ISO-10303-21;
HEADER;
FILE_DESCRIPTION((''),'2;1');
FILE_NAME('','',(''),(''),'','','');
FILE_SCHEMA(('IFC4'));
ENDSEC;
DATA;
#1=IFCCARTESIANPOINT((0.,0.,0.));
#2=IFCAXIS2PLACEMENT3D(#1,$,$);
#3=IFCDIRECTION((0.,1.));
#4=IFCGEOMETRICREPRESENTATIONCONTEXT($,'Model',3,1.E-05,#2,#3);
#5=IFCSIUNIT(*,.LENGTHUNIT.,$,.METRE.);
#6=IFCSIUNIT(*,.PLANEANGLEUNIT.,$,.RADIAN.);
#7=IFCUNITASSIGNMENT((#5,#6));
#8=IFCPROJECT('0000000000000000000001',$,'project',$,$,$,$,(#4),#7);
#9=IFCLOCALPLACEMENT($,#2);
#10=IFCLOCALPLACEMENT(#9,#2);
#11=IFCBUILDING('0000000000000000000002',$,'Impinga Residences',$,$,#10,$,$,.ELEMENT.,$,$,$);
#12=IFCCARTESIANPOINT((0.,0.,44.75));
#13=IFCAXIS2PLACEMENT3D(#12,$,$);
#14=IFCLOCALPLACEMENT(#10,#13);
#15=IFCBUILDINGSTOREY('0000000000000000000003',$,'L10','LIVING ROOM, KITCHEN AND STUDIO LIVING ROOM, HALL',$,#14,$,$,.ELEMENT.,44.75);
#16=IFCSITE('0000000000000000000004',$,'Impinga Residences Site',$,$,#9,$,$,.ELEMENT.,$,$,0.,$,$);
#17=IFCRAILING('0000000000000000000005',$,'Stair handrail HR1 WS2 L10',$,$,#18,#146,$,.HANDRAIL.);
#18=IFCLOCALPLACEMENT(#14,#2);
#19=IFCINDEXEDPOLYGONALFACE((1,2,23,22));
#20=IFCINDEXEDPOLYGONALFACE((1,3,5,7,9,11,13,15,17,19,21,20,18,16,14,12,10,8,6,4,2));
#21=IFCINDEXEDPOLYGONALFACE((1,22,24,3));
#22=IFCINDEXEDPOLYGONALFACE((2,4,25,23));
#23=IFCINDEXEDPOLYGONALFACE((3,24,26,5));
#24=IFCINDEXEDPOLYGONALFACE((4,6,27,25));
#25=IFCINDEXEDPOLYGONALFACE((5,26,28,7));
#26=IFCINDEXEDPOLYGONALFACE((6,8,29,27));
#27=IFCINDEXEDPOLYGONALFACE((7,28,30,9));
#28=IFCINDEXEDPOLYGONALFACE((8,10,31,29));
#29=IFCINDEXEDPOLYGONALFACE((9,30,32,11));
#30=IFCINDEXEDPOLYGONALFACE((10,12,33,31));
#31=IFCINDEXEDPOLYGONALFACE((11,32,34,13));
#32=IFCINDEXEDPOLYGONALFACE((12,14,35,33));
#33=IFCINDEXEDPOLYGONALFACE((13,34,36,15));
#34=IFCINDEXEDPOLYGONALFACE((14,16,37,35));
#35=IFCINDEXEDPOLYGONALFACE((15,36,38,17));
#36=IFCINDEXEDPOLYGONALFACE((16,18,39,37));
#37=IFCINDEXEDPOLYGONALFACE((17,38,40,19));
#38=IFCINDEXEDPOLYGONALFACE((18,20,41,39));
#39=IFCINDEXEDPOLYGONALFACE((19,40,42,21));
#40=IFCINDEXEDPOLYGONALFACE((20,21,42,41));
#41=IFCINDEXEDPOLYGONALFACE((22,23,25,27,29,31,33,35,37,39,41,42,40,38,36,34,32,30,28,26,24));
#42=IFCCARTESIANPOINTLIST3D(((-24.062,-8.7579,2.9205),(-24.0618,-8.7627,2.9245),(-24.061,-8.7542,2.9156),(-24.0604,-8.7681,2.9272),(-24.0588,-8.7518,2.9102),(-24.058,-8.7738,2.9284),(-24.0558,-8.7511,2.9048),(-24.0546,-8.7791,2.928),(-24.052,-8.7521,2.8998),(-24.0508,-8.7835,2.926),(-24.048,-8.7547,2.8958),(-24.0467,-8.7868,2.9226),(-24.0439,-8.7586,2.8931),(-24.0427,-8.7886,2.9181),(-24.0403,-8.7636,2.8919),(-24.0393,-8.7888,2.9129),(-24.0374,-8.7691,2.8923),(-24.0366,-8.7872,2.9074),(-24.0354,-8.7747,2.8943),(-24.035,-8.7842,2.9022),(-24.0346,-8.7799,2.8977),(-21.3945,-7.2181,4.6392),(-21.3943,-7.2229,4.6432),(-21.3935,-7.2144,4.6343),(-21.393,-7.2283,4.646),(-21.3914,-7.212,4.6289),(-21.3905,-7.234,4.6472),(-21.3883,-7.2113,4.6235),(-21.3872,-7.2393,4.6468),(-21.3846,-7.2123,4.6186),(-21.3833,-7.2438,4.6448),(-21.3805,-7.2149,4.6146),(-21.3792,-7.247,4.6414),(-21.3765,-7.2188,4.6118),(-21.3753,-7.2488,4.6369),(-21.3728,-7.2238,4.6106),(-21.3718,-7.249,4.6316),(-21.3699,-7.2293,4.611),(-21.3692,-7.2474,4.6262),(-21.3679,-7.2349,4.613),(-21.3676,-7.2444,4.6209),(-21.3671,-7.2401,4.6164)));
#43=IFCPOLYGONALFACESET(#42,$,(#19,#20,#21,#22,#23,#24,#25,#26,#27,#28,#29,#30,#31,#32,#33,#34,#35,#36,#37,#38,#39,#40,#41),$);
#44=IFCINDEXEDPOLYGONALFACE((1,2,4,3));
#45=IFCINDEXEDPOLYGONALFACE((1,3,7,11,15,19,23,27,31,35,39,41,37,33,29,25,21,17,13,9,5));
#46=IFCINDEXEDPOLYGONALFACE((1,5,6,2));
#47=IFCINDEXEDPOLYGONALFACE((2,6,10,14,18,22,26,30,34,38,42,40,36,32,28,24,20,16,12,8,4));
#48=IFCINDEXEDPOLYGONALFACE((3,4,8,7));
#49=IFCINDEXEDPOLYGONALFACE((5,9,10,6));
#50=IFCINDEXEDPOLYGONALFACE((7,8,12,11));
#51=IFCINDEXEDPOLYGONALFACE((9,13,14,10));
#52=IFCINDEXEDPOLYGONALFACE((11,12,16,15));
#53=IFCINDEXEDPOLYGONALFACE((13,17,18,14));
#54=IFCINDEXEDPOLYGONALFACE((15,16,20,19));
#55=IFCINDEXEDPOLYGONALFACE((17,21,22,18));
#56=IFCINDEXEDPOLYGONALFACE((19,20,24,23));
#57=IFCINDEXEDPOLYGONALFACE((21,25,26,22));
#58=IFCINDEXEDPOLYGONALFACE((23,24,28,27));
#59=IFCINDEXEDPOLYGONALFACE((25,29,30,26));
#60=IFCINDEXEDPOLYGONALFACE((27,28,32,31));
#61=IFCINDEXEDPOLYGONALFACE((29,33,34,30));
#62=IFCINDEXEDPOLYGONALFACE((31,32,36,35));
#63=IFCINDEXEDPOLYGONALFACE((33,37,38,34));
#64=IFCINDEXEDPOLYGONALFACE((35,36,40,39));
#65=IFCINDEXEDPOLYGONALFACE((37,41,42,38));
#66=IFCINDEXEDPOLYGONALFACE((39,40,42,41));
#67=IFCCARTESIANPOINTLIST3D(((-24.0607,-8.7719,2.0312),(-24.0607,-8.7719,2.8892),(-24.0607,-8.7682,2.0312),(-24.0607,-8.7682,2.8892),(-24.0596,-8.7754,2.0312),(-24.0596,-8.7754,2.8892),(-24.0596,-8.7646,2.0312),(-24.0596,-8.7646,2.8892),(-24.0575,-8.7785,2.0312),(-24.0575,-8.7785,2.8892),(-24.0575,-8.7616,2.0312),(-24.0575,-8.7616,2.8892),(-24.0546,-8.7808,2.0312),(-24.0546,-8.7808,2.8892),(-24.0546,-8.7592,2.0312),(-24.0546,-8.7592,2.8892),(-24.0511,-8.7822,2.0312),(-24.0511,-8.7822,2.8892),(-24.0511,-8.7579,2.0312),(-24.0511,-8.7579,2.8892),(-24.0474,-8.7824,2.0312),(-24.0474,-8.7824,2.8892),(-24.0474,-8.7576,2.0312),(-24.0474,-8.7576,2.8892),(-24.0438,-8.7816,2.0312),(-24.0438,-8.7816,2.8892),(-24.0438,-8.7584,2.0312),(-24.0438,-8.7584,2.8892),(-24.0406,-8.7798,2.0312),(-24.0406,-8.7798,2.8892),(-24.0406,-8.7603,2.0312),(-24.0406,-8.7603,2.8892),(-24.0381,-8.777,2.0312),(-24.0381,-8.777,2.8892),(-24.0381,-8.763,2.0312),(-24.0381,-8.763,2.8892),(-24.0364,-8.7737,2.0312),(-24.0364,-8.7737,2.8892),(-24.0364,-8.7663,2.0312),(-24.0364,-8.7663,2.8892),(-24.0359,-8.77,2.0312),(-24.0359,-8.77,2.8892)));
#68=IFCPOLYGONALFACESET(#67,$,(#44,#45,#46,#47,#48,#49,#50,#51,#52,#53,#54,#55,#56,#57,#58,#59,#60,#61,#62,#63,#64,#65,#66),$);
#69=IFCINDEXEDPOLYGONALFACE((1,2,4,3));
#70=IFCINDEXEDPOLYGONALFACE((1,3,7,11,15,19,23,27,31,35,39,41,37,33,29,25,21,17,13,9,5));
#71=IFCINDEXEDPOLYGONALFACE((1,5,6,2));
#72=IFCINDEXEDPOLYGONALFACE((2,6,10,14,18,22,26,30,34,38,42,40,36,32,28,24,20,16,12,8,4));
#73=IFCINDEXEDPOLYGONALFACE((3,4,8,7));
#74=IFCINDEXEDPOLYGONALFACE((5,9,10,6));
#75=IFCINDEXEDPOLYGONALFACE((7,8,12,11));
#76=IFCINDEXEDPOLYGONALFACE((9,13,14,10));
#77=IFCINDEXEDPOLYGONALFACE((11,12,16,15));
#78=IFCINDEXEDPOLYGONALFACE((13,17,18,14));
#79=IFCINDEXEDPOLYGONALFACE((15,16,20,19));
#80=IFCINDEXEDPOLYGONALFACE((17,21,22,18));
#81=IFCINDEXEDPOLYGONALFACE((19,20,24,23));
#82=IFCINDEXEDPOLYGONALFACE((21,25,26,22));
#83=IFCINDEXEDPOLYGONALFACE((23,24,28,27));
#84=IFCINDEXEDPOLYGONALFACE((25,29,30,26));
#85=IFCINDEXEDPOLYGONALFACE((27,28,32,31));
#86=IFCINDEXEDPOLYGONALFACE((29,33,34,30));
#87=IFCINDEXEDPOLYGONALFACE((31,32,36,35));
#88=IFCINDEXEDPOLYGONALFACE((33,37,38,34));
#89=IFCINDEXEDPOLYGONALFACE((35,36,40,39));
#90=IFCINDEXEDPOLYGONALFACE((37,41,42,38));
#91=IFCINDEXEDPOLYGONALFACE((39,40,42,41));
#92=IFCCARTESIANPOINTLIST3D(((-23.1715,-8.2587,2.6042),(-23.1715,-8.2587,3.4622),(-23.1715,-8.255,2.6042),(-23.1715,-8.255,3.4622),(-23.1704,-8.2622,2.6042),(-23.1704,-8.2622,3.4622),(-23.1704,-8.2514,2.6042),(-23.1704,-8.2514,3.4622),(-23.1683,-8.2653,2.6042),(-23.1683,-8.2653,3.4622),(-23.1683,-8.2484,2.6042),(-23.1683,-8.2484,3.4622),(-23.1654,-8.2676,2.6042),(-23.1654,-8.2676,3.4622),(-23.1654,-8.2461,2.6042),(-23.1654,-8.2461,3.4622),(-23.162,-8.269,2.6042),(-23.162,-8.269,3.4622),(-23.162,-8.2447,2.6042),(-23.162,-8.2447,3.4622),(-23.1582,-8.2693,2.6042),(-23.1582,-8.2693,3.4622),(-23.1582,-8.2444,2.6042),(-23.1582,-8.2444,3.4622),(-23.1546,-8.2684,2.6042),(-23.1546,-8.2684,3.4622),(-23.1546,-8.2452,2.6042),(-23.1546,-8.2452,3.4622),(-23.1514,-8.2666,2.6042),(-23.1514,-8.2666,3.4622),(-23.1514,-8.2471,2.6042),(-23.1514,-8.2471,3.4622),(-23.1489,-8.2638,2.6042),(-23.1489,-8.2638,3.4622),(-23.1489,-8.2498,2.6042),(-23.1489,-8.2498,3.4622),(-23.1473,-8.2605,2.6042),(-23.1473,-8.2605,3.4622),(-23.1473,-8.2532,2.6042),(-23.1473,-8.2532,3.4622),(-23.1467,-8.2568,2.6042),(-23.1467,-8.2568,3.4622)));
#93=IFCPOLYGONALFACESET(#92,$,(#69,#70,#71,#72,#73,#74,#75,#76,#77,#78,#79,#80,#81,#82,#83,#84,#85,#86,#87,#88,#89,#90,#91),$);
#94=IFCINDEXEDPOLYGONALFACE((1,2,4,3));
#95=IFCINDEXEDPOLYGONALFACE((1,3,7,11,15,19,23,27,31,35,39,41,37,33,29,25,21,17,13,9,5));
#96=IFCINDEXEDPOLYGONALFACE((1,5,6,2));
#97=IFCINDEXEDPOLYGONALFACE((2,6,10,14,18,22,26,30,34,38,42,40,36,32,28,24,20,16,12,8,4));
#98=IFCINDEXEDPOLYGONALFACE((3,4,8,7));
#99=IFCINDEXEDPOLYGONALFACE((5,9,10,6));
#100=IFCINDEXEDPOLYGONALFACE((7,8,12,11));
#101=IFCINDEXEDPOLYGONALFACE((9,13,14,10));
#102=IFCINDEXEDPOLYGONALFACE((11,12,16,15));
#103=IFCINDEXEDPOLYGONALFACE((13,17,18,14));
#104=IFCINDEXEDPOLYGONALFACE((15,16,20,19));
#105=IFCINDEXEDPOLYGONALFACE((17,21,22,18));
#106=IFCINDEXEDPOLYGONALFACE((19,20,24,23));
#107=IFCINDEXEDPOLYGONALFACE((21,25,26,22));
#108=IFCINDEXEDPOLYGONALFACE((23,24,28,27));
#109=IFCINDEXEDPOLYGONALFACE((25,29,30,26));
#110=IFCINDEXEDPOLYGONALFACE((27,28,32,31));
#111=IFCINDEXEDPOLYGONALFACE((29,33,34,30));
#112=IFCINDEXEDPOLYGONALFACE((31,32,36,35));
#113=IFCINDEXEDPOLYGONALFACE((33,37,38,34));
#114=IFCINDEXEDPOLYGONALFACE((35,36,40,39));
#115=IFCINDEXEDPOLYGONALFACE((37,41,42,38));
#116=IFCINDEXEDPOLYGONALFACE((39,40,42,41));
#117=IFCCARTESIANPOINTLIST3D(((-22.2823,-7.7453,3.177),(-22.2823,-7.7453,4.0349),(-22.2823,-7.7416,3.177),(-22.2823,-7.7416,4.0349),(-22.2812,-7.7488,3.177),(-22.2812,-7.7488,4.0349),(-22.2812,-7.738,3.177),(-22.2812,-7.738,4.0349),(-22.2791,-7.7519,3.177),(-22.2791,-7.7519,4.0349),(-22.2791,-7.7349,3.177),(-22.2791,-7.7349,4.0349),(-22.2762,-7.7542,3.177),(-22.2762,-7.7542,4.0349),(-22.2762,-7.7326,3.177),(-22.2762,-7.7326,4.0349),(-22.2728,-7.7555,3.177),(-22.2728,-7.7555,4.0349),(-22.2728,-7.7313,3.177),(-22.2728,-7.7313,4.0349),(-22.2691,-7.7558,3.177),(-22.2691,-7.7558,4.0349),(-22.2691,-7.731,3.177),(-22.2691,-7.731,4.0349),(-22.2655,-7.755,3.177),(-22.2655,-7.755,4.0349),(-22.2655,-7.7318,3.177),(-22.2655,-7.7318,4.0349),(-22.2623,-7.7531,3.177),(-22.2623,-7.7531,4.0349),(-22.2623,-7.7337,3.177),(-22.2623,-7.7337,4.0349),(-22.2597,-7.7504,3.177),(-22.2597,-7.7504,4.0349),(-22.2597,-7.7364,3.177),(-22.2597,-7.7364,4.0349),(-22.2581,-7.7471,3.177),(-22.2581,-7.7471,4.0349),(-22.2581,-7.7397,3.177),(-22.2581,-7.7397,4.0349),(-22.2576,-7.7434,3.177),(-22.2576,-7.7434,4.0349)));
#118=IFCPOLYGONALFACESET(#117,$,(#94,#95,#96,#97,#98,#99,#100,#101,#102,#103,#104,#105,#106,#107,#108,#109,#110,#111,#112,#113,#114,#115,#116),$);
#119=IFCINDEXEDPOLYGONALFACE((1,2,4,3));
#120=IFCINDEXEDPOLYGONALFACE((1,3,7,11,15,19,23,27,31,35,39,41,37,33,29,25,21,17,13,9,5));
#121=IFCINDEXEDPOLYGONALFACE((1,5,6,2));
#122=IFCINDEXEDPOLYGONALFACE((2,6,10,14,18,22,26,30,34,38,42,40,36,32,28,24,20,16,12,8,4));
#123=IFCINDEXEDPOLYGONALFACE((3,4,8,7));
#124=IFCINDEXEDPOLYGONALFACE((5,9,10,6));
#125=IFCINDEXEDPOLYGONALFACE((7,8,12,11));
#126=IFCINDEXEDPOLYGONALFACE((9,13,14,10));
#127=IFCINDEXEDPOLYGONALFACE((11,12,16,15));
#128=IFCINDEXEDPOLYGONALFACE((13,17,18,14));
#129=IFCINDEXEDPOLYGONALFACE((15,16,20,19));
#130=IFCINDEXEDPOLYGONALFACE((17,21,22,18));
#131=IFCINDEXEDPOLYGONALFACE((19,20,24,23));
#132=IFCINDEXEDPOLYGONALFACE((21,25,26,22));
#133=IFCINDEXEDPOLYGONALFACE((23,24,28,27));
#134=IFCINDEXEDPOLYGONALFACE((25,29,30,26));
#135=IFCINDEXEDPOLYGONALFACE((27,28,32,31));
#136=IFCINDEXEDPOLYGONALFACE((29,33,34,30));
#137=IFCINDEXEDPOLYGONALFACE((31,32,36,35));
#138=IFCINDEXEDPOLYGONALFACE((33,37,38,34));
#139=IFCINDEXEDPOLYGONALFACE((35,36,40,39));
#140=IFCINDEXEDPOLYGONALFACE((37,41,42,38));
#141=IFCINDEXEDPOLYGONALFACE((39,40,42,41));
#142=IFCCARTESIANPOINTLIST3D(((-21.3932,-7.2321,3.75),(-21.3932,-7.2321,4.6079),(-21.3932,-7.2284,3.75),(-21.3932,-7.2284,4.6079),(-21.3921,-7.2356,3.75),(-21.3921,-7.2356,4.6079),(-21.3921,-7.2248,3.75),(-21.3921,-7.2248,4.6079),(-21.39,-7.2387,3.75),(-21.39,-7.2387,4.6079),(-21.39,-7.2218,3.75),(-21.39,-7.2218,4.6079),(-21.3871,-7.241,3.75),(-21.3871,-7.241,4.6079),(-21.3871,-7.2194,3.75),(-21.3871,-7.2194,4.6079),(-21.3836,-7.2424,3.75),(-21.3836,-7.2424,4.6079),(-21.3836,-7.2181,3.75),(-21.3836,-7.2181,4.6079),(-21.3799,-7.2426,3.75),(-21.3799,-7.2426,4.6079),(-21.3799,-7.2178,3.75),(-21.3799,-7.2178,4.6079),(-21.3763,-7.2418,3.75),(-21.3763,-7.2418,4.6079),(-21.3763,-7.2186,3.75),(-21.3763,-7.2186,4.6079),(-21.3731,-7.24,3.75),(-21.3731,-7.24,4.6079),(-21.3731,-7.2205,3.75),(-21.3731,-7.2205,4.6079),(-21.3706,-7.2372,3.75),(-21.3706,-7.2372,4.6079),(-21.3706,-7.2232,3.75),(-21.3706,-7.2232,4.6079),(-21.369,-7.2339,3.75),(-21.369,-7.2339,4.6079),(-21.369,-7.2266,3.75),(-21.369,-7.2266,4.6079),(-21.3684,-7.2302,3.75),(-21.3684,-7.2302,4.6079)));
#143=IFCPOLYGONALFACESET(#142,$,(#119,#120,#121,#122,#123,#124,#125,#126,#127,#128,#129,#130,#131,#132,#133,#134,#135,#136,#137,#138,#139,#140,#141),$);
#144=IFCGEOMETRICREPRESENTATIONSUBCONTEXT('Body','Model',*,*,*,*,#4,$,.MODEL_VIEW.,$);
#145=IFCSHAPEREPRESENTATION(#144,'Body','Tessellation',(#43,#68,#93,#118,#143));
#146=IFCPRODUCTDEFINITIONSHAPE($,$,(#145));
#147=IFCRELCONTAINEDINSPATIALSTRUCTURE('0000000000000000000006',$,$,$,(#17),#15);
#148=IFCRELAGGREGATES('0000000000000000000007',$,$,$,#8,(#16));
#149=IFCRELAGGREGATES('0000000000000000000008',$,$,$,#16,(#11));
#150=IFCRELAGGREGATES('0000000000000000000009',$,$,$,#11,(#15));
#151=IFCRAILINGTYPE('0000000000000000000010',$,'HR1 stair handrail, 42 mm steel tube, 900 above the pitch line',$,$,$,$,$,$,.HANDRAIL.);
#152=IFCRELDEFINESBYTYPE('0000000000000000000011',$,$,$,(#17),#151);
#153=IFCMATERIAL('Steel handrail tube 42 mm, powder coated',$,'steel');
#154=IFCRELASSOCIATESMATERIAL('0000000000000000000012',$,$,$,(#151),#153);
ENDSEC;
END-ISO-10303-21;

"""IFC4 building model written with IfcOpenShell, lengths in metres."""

from ifc_helpers import new_model, si_unit, direction, frame, origin, origin_2d, place, context, subcontext, project, spatial, circle, extrude, material, type_object, element, save


model = new_model("IFC4")

# Units and contexts
model_context = context("Model", 3, precision=1e-05, world=origin(), true_north=direction((0.0, 1.0)))
body_context = subcontext(model_context, "Body", "Model", "MODEL_VIEW")
ifc_project = project(units=[si_unit("LENGTHUNIT", "METRE"), si_unit("PLANEANGLEUNIT", "RADIAN")], contexts=[model_context])

# Site, building, storey
site_placement = place(None, origin())
site = spatial("IfcSite", under=ifc_project, at=site_placement, Name="Impinga Residences Site", CompositionType="ELEMENT", RefElevation=0.0)
building_placement = place(site_placement, origin())
building = spatial("IfcBuilding", under=site, at=building_placement, Name="Impinga Residences", CompositionType="ELEMENT")
storey_placement = place(building_placement, frame((0.0, 0.0, 44.75)))
storey = spatial("IfcBuildingStorey", under=building, at=storey_placement, Name="L10", Description="LIVING ROOM, KITCHEN AND STUDIO LIVING ROOM, HALL", CompositionType="ELEMENT", Elevation=44.75)

# Railing
ifc_material_1 = material(Name="Steel handrail tube 42 mm, powder coated", Category="steel")
railing_type_1 = type_object("IfcRailingType", Name="HR1 stair handrail, 42 mm steel tube, 900 above the pitch line", PredefinedType="HANDRAIL", material=ifc_material_1)
railing_1_placement = place(storey_placement, frame((-24.0483, -8.77, 2.0312)))
element("IfcRailing", 1, at=railing_1_placement, inside=storey, type_object=railing_type_1, Name="Stair handrail HR1 WS2 L10", PredefinedType="HANDRAIL", context=body_context, shape_type="SweptSolid", body=[
    extrude(circle(Radius=0.021, at=origin_2d()), frame((0.0, 0.0, 0.8789), z_axis=(0.756279, 0.43656, 0.487297), x_axis=(-0.499933, 0.866064, 0.0)), (0.0, 0.0, 1.0), 3.5271),
    extrude(circle(Radius=0.0125, at=origin_2d()), origin(), (0.0, 0.0, 1.0), 0.8579),
    extrude(circle(Radius=0.0125, at=origin_2d()), frame((0.8892, 0.5132, 0.573)), (0.0, 0.0, 1.0), 0.8579),
    extrude(circle(Radius=0.0125, at=origin_2d()), frame((1.7783, 1.0266, 1.1458)), (0.0, 0.0, 1.0), 0.8579),
    extrude(circle(Radius=0.0125, at=origin_2d()), frame((2.6675, 1.5398, 1.7188)), (0.0, 0.0, 1.0), 0.8579),
])

save(model, "model.ifc")
